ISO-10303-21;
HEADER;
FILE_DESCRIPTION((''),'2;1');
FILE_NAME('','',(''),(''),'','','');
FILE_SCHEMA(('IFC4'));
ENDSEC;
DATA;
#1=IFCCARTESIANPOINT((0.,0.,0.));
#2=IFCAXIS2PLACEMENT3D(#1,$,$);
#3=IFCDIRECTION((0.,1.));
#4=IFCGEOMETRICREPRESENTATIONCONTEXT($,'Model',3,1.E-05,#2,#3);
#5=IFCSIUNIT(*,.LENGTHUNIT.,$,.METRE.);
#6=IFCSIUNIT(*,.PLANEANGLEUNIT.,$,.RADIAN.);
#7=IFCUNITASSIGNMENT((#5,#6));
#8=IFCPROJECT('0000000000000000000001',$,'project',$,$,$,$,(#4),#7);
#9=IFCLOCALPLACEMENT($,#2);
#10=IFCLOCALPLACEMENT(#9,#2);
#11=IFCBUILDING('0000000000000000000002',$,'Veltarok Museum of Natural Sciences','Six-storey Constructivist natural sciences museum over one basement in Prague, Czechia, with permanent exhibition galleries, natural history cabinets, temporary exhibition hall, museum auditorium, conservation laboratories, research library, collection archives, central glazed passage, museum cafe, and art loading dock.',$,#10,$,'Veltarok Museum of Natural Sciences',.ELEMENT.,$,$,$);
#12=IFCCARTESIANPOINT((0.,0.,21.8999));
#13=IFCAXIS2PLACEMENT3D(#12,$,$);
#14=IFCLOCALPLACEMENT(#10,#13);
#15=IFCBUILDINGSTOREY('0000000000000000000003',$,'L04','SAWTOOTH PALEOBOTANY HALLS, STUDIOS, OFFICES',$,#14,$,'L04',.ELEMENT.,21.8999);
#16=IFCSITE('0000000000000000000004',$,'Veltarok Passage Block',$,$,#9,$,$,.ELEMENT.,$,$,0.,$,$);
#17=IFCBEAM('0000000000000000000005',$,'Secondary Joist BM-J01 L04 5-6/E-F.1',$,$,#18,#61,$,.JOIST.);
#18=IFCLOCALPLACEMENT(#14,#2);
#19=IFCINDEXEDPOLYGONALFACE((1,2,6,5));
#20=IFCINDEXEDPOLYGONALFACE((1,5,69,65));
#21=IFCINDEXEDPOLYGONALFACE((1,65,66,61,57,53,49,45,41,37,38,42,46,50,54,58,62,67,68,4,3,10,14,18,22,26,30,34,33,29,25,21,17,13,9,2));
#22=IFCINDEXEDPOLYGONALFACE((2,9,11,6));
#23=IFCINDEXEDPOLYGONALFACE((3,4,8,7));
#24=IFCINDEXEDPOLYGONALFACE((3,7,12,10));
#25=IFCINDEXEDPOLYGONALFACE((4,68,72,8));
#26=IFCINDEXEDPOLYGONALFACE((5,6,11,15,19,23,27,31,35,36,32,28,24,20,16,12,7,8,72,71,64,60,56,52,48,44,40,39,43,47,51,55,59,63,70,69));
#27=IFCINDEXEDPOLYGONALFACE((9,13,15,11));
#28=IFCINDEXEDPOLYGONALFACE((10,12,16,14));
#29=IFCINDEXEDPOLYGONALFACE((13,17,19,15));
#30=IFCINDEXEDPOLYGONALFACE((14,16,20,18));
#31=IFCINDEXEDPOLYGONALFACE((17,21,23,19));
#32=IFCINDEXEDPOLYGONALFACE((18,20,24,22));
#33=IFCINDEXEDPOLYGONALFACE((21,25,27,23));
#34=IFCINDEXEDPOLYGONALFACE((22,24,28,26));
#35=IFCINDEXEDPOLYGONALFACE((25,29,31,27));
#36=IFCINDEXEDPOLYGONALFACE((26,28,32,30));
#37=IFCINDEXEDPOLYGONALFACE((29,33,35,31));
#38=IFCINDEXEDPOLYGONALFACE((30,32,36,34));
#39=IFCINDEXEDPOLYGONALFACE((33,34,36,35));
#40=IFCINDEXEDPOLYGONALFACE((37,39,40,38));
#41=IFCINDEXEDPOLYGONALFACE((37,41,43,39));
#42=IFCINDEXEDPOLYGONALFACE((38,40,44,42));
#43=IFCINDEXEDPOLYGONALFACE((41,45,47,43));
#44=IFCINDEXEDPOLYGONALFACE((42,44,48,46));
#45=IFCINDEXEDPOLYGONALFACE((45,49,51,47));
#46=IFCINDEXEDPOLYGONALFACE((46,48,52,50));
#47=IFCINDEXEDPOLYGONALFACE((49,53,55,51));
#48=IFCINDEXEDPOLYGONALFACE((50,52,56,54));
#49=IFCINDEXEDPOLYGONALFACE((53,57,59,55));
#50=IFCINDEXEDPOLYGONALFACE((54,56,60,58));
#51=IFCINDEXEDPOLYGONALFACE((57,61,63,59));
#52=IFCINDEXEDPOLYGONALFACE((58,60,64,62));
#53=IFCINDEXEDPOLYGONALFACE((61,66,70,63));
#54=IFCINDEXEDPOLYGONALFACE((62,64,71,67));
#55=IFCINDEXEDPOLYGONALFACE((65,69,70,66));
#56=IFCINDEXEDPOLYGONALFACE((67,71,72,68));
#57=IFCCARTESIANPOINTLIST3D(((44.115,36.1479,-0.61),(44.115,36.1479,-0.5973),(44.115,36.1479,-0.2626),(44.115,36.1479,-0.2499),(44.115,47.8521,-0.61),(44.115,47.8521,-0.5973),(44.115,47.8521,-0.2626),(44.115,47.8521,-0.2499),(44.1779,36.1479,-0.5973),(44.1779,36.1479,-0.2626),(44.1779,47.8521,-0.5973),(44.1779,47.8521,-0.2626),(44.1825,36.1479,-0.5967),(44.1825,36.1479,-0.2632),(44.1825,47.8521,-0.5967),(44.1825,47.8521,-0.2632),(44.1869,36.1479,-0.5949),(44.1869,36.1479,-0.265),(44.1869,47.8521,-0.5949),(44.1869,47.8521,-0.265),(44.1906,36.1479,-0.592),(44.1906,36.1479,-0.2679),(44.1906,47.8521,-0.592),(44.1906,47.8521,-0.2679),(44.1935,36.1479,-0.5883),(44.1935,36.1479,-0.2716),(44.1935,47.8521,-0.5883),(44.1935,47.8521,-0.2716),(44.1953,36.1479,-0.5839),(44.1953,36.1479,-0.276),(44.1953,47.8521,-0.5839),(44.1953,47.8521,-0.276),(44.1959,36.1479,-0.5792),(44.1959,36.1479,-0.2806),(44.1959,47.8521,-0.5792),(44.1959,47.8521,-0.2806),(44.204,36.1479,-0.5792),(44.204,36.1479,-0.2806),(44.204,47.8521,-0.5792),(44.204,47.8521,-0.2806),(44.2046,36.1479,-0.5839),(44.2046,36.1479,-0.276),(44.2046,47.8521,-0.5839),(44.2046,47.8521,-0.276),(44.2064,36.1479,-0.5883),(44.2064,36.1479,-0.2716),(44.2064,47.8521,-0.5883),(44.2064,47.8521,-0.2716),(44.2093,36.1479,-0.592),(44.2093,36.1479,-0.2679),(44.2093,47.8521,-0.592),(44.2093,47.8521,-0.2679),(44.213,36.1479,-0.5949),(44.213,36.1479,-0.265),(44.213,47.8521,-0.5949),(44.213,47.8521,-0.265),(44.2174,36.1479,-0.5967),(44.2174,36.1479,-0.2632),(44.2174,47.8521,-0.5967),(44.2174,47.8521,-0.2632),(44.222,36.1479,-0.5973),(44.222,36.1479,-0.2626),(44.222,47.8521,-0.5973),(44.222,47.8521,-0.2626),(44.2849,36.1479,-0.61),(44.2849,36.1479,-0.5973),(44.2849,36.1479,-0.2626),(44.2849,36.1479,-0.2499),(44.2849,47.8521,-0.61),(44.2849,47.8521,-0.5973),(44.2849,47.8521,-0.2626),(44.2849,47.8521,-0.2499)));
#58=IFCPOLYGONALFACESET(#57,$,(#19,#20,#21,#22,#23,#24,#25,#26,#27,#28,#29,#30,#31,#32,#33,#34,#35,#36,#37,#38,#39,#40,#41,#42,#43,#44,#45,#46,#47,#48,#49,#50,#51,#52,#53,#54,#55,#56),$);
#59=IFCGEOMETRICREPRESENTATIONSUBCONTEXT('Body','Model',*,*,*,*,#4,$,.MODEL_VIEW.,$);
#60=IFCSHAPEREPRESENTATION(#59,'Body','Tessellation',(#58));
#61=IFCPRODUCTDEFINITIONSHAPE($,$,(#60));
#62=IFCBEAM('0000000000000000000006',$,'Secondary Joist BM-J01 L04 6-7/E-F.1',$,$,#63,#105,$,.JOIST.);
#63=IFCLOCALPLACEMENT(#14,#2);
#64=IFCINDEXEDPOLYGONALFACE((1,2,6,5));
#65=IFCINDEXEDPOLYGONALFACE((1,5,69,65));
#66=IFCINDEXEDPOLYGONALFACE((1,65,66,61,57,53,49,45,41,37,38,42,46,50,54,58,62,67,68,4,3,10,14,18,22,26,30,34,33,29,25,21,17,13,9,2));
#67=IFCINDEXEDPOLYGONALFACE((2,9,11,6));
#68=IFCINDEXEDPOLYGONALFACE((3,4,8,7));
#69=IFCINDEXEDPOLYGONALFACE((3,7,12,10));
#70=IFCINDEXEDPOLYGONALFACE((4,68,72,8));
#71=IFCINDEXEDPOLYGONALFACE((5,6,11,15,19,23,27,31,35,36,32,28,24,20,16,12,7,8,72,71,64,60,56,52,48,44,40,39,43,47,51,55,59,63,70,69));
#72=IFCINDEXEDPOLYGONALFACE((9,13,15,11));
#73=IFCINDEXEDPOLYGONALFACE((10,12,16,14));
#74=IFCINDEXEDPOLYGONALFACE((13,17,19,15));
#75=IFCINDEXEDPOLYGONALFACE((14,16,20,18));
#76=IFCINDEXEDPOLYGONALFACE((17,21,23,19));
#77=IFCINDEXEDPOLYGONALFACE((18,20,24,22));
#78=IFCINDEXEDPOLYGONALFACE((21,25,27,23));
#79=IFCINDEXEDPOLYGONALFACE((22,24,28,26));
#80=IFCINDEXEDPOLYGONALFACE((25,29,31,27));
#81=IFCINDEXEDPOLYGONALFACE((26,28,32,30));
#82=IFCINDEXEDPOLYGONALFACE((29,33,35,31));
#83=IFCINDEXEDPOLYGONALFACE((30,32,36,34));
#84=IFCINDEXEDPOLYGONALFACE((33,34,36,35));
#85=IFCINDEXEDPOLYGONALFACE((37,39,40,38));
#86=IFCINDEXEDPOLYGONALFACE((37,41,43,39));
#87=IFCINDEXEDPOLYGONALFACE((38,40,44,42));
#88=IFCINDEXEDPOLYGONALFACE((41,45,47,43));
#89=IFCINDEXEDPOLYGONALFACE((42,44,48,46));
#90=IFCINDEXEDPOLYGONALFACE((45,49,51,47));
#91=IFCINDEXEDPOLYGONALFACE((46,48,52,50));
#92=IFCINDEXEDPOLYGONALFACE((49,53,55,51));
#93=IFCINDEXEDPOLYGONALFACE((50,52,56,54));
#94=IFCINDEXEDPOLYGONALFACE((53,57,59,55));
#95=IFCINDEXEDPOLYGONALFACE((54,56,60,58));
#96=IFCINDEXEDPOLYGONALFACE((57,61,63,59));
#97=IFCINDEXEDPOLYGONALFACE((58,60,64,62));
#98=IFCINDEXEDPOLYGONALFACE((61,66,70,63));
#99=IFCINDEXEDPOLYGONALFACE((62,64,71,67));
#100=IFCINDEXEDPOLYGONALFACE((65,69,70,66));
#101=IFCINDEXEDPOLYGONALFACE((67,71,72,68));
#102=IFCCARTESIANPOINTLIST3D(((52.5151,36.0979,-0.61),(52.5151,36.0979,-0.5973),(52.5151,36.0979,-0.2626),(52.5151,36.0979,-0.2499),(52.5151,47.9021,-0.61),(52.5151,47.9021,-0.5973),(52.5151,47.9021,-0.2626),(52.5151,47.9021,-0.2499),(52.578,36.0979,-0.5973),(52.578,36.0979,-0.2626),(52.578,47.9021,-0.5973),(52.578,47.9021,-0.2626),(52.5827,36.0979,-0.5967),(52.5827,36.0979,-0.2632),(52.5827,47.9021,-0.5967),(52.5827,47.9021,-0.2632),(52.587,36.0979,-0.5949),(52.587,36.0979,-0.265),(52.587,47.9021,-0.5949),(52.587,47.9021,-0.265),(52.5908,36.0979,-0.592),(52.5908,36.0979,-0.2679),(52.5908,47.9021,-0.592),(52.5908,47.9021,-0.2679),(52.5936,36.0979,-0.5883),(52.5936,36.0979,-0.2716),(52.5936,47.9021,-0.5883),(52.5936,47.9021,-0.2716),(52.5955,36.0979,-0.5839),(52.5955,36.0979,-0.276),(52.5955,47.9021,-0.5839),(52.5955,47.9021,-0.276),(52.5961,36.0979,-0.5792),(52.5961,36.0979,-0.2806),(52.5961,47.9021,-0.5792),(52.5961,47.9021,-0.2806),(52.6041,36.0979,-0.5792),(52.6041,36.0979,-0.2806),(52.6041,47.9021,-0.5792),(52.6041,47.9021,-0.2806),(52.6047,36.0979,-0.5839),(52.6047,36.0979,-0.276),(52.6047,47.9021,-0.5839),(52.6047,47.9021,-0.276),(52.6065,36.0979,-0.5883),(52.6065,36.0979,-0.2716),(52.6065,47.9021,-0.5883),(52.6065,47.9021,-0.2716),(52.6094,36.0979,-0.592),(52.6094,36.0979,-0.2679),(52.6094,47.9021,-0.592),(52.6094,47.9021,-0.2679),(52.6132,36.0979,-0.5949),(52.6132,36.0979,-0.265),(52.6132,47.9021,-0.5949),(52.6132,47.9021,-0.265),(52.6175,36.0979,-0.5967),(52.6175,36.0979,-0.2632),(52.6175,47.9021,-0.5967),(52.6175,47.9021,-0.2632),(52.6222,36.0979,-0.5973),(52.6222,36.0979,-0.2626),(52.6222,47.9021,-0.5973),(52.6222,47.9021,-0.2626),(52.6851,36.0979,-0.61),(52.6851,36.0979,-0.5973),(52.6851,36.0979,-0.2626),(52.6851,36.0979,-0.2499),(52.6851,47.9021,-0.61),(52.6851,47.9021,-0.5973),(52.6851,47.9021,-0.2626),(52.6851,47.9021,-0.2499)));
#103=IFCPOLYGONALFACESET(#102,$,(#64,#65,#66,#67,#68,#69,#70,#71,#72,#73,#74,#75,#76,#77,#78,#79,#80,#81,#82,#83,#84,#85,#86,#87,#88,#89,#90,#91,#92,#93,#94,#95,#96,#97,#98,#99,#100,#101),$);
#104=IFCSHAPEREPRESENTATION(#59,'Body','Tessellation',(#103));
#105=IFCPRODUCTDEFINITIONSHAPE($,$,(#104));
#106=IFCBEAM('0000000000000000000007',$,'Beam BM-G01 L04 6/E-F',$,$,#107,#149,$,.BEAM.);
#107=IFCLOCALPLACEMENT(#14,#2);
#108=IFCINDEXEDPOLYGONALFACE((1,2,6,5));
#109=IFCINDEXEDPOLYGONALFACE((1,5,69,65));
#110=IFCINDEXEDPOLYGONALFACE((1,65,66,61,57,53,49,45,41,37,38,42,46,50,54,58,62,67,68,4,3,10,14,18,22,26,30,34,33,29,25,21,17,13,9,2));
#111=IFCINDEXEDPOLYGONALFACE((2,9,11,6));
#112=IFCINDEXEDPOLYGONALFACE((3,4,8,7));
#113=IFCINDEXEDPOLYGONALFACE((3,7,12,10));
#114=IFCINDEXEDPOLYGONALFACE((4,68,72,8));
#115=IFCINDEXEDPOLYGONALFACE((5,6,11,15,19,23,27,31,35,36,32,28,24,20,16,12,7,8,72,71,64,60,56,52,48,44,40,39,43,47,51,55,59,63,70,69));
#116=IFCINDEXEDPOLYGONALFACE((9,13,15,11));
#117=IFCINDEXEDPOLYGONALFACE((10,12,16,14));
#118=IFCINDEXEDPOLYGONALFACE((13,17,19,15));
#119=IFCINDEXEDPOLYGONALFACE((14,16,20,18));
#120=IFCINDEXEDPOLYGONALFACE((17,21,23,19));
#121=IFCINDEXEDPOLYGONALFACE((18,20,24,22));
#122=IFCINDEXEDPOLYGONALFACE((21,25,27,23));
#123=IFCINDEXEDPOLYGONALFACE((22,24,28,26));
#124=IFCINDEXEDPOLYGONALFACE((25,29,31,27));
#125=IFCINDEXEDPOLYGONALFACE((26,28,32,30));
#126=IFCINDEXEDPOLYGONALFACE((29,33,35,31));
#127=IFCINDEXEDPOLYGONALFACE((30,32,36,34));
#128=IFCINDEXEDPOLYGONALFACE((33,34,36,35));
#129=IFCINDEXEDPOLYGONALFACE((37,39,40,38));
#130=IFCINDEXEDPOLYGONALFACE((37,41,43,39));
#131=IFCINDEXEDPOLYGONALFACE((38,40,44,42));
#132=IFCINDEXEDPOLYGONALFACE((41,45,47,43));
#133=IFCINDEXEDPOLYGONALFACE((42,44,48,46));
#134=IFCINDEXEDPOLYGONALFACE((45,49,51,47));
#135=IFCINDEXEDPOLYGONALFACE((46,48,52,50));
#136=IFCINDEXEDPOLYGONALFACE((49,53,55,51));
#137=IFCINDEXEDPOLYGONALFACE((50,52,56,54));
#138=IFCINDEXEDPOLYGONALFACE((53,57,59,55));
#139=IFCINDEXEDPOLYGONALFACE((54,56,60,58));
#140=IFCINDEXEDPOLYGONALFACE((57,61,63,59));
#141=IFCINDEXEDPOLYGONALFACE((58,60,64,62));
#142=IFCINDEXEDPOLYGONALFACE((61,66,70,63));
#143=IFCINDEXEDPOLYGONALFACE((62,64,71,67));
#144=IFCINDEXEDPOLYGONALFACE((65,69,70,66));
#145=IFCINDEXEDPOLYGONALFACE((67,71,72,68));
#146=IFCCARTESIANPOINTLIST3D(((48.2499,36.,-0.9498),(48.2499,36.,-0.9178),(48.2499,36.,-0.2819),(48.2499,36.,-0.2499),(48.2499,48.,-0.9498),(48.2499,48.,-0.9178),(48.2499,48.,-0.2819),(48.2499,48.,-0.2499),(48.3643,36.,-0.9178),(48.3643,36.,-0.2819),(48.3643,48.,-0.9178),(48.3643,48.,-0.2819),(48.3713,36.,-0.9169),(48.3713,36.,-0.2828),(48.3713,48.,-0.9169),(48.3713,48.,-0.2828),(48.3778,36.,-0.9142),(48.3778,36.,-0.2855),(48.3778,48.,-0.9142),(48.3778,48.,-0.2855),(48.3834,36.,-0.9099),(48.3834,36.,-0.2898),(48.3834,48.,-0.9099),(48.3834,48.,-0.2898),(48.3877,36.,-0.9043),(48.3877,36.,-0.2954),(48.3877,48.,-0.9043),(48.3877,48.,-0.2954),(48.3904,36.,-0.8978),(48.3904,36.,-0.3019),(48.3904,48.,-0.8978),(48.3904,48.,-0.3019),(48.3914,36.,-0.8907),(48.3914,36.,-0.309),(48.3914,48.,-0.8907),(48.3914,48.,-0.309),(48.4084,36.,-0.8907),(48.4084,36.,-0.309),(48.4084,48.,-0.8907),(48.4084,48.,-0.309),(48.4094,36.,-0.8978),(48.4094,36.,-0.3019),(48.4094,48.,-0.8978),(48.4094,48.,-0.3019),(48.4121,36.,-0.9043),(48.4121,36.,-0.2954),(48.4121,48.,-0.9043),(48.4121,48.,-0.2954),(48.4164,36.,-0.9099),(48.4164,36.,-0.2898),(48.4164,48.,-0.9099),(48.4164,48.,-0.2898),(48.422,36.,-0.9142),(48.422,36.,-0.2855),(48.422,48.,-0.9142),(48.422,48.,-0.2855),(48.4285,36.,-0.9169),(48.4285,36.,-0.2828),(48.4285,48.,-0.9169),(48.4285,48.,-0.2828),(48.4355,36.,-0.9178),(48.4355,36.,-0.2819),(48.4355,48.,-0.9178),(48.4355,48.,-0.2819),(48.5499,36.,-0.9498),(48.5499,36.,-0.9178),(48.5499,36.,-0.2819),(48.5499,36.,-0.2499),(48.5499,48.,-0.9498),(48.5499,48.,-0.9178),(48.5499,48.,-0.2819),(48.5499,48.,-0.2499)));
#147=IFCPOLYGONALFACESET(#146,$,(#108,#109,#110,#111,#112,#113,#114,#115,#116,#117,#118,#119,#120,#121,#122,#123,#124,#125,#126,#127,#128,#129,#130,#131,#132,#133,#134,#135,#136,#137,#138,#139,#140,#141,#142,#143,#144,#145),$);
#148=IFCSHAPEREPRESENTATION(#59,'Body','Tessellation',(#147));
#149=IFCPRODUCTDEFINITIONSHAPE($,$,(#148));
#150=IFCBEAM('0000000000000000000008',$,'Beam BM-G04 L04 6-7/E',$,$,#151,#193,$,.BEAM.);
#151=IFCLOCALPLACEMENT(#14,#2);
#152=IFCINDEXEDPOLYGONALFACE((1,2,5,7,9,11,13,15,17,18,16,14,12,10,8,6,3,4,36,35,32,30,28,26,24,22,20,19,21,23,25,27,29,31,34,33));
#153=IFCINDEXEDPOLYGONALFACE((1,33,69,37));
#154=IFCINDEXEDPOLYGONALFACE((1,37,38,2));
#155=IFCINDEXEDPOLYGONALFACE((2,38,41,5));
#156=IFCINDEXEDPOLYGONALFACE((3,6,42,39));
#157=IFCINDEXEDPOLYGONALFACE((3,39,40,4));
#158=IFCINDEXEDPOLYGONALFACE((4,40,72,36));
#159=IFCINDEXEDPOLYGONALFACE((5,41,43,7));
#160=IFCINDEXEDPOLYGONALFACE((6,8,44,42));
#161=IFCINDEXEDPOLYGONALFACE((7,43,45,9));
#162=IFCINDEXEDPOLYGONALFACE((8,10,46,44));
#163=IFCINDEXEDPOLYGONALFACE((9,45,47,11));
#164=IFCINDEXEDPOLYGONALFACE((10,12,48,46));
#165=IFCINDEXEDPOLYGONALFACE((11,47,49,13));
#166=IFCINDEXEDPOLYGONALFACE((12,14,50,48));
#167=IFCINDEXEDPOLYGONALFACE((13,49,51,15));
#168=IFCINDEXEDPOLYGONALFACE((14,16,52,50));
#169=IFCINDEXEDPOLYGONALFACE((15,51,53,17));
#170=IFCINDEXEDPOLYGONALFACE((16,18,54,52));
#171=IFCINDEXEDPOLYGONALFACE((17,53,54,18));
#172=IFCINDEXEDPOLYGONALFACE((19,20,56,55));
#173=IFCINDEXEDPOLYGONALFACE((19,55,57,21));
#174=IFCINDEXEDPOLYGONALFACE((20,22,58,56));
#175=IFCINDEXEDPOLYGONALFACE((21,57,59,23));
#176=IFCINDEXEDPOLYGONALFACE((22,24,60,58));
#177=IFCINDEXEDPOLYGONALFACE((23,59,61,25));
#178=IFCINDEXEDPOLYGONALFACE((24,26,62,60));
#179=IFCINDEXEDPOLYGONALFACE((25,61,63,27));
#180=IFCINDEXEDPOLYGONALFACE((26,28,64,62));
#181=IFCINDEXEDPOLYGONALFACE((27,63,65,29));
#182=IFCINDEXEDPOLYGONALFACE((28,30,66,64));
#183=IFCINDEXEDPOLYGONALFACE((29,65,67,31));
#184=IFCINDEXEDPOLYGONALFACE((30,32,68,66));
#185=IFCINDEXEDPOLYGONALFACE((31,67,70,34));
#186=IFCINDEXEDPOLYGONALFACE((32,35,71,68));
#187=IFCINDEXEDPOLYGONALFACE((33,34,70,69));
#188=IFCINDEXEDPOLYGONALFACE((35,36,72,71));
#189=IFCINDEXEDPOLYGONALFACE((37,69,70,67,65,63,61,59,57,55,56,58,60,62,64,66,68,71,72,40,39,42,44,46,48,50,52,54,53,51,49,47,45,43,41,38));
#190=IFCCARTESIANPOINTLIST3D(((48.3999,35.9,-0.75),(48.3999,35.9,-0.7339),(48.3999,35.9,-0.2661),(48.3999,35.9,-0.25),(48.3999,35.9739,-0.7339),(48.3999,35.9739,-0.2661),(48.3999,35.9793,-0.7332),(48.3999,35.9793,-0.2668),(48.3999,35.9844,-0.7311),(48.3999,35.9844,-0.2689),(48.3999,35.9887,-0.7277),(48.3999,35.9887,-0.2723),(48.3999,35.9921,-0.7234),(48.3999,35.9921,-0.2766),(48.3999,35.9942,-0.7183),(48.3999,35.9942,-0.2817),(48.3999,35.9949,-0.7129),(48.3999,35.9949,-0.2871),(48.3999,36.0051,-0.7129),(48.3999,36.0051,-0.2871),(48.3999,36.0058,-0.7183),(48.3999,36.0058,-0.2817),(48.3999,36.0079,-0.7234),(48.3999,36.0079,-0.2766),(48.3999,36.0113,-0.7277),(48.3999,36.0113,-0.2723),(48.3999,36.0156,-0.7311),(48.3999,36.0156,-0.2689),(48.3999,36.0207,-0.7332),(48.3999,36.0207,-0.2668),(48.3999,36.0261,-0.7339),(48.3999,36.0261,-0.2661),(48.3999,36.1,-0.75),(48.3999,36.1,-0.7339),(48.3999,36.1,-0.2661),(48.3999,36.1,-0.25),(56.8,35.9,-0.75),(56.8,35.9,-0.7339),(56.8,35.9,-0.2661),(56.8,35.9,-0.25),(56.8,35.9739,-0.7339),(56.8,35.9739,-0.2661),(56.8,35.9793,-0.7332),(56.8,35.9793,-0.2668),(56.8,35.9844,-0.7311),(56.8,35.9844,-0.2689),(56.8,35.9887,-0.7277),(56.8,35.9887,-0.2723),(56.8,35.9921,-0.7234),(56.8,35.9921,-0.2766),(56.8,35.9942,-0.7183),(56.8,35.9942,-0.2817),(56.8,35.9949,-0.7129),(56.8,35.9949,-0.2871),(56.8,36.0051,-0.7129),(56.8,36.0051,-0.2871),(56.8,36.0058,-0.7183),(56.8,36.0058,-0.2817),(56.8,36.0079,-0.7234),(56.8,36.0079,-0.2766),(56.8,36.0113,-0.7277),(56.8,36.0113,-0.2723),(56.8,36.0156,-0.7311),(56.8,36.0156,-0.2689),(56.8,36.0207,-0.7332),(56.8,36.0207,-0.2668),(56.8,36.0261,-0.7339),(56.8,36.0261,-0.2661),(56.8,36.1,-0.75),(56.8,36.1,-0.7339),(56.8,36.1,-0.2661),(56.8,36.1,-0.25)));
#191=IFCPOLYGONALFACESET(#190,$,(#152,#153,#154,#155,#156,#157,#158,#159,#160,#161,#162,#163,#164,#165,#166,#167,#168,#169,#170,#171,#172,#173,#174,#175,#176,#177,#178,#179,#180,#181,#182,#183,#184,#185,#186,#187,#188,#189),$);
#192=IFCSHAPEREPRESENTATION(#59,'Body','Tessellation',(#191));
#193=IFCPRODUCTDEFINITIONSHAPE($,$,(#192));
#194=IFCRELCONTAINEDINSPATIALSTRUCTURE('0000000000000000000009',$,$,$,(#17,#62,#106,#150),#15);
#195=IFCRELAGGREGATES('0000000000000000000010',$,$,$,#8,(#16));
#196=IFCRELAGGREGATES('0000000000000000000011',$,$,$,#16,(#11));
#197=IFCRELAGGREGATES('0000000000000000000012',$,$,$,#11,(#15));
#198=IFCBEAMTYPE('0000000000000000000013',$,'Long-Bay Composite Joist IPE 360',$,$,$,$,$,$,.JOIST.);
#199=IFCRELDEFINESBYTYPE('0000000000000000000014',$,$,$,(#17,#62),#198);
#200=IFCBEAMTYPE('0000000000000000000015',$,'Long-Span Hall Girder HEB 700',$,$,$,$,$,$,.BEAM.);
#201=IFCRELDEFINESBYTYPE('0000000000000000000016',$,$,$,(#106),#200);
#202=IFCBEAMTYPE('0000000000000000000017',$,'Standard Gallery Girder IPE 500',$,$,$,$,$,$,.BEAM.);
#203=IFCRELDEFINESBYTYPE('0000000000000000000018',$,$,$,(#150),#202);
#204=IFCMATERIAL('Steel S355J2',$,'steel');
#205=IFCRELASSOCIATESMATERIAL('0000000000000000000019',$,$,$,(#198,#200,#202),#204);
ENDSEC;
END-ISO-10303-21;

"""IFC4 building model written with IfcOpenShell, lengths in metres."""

from ifc_helpers import new_model, si_unit, direction, frame, origin, origin_2d, place, context, subcontext, project, spatial, i_section, extrude, material, material_profile, profile_set, type_object, element, save


model = new_model("IFC4")

# Units and contexts
model_context = context("Model", 3, precision=1e-05, world=origin(), true_north=direction((0.0, 1.0)))
body_context = subcontext(model_context, "Body", "Model", "MODEL_VIEW")
ifc_project = project(units=[si_unit("LENGTHUNIT", "METRE"), si_unit("PLANEANGLEUNIT", "RADIAN")], contexts=[model_context])

# Site, building, storey
site_placement = place(None, origin())
site = spatial("IfcSite", under=ifc_project, at=site_placement, Name="Veltarok Passage Block", CompositionType="ELEMENT", RefElevation=0.0)
building_placement = place(site_placement, origin())
building = spatial("IfcBuilding", under=site, at=building_placement, Name="Veltarok Museum of Natural Sciences", Description="Six-storey Constructivist natural sciences museum over one basement in Prague, Czechia, with permanent exhibition galleries, natural history cabinets, temporary exhibition hall, museum auditorium, conservation laboratories, research library, collection archives, central glazed passage, museum cafe, and art loading dock.", LongName="Veltarok Museum of Natural Sciences", CompositionType="ELEMENT")
storey_placement = place(building_placement, frame((0.0, 0.0, 21.8999)))
storey = spatial("IfcBuildingStorey", under=building, at=storey_placement, Name="L04", Description="SAWTOOTH PALEOBOTANY HALLS, STUDIOS, OFFICES", LongName="L04", CompositionType="ELEMENT", Elevation=21.8999)

# Shared definitions
ifc_material_1 = material(Name="Steel S355J2", Category="steel")

# Beams
ifc_material_profile_1 = material_profile(ifc_material_1, i_section(OverallWidth=0.1699, OverallDepth=0.3601, WebThickness=0.0081, FlangeThickness=0.0127, FilletRadius=0.0181, at=origin_2d()), Name="IPE 360")
ifc_profile_set_1 = profile_set([ifc_material_profile_1], Name="Steel S355J2")
beam_type_1 = type_object("IfcBeamType", Name="Long-Bay Composite Joist IPE 360", PredefinedType="JOIST", material=ifc_profile_set_1)
beam_1_placement = place(storey_placement, frame((44.2, 36.1479, -0.4299), z_axis=(0.0, 1.0, 0.0), x_axis=(-1.0, 0.0, 0.0)))
element("IfcBeam", 1, at=beam_1_placement, inside=storey, type_object=beam_type_1, Name="Secondary Joist BM-J01 L04 5-6/E-F.1", PredefinedType="JOIST", context=body_context, shape_type="SweptSolid", body=[
    extrude(i_section(OverallWidth=0.1699, OverallDepth=0.3601, WebThickness=0.0081, FlangeThickness=0.0127, FilletRadius=0.0181, at=origin_2d()), origin(), (0.0, 0.0, 1.0), 11.7041),
])
beam_2_placement = place(storey_placement, frame((52.6001, 36.0979, -0.4299), z_axis=(0.0, 1.0, 0.0), x_axis=(-1.0, 0.0, 0.0)))
element("IfcBeam", 2, at=beam_2_placement, inside=storey, type_object=beam_type_1, Name="Secondary Joist BM-J01 L04 6-7/E-F.1", PredefinedType="JOIST", context=body_context, shape_type="SweptSolid", body=[
    extrude(i_section(OverallWidth=0.1699, OverallDepth=0.3601, WebThickness=0.0081, FlangeThickness=0.0127, FilletRadius=0.0181, at=origin_2d()), origin(), (0.0, 0.0, 1.0), 11.8042),
])
ifc_material_profile_2 = material_profile(ifc_material_1, i_section(OverallWidth=0.3, OverallDepth=0.7, WebThickness=0.0171, FlangeThickness=0.032, FilletRadius=0.0271, at=origin_2d()), Name="HEB 700")
ifc_profile_set_2 = profile_set([ifc_material_profile_2], Name="Steel S355J2")
beam_type_2 = type_object("IfcBeamType", Name="Long-Span Hall Girder HEB 700", PredefinedType="BEAM", material=ifc_profile_set_2)
beam_3_placement = place(storey_placement, frame((48.3999, 36.0, -0.5999), z_axis=(0.0, 1.0, 0.0), x_axis=(-1.0, 0.0, 0.0)))
element("IfcBeam", 3, at=beam_3_placement, inside=storey, type_object=beam_type_2, Name="Beam BM-G01 L04 6/E-F", PredefinedType="BEAM", context=body_context, shape_type="SweptSolid", body=[
    extrude(i_section(OverallWidth=0.3, OverallDepth=0.7, WebThickness=0.0171, FlangeThickness=0.032, FilletRadius=0.0271, at=origin_2d()), origin(), (0.0, 0.0, 1.0), 12.0),
])
ifc_material_profile_3 = material_profile(ifc_material_1, i_section(OverallWidth=0.2, OverallDepth=0.5, WebThickness=0.0103, FlangeThickness=0.0161, FilletRadius=0.021, at=origin_2d()), Name="IPE 500")
ifc_profile_set_3 = profile_set([ifc_material_profile_3], Name="Steel S355J2")
beam_type_3 = type_object("IfcBeamType", Name="Standard Gallery Girder IPE 500", PredefinedType="BEAM", material=ifc_profile_set_3)
beam_4_placement = place(storey_placement, frame((48.3999, 36.0, -0.5), z_axis=(1.0, 0.0, 0.0), x_axis=(0.0, 1.0, 0.0)))
element("IfcBeam", 4, at=beam_4_placement, inside=storey, type_object=beam_type_3, Name="Beam BM-G04 L04 6-7/E", PredefinedType="BEAM", context=body_context, shape_type="SweptSolid", body=[
    extrude(i_section(OverallWidth=0.2, OverallDepth=0.5, WebThickness=0.0103, FlangeThickness=0.0161, FilletRadius=0.021, at=origin_2d()), origin(), (0.0, 0.0, 1.0), 8.4001),
])

save(model, "model.ifc")
